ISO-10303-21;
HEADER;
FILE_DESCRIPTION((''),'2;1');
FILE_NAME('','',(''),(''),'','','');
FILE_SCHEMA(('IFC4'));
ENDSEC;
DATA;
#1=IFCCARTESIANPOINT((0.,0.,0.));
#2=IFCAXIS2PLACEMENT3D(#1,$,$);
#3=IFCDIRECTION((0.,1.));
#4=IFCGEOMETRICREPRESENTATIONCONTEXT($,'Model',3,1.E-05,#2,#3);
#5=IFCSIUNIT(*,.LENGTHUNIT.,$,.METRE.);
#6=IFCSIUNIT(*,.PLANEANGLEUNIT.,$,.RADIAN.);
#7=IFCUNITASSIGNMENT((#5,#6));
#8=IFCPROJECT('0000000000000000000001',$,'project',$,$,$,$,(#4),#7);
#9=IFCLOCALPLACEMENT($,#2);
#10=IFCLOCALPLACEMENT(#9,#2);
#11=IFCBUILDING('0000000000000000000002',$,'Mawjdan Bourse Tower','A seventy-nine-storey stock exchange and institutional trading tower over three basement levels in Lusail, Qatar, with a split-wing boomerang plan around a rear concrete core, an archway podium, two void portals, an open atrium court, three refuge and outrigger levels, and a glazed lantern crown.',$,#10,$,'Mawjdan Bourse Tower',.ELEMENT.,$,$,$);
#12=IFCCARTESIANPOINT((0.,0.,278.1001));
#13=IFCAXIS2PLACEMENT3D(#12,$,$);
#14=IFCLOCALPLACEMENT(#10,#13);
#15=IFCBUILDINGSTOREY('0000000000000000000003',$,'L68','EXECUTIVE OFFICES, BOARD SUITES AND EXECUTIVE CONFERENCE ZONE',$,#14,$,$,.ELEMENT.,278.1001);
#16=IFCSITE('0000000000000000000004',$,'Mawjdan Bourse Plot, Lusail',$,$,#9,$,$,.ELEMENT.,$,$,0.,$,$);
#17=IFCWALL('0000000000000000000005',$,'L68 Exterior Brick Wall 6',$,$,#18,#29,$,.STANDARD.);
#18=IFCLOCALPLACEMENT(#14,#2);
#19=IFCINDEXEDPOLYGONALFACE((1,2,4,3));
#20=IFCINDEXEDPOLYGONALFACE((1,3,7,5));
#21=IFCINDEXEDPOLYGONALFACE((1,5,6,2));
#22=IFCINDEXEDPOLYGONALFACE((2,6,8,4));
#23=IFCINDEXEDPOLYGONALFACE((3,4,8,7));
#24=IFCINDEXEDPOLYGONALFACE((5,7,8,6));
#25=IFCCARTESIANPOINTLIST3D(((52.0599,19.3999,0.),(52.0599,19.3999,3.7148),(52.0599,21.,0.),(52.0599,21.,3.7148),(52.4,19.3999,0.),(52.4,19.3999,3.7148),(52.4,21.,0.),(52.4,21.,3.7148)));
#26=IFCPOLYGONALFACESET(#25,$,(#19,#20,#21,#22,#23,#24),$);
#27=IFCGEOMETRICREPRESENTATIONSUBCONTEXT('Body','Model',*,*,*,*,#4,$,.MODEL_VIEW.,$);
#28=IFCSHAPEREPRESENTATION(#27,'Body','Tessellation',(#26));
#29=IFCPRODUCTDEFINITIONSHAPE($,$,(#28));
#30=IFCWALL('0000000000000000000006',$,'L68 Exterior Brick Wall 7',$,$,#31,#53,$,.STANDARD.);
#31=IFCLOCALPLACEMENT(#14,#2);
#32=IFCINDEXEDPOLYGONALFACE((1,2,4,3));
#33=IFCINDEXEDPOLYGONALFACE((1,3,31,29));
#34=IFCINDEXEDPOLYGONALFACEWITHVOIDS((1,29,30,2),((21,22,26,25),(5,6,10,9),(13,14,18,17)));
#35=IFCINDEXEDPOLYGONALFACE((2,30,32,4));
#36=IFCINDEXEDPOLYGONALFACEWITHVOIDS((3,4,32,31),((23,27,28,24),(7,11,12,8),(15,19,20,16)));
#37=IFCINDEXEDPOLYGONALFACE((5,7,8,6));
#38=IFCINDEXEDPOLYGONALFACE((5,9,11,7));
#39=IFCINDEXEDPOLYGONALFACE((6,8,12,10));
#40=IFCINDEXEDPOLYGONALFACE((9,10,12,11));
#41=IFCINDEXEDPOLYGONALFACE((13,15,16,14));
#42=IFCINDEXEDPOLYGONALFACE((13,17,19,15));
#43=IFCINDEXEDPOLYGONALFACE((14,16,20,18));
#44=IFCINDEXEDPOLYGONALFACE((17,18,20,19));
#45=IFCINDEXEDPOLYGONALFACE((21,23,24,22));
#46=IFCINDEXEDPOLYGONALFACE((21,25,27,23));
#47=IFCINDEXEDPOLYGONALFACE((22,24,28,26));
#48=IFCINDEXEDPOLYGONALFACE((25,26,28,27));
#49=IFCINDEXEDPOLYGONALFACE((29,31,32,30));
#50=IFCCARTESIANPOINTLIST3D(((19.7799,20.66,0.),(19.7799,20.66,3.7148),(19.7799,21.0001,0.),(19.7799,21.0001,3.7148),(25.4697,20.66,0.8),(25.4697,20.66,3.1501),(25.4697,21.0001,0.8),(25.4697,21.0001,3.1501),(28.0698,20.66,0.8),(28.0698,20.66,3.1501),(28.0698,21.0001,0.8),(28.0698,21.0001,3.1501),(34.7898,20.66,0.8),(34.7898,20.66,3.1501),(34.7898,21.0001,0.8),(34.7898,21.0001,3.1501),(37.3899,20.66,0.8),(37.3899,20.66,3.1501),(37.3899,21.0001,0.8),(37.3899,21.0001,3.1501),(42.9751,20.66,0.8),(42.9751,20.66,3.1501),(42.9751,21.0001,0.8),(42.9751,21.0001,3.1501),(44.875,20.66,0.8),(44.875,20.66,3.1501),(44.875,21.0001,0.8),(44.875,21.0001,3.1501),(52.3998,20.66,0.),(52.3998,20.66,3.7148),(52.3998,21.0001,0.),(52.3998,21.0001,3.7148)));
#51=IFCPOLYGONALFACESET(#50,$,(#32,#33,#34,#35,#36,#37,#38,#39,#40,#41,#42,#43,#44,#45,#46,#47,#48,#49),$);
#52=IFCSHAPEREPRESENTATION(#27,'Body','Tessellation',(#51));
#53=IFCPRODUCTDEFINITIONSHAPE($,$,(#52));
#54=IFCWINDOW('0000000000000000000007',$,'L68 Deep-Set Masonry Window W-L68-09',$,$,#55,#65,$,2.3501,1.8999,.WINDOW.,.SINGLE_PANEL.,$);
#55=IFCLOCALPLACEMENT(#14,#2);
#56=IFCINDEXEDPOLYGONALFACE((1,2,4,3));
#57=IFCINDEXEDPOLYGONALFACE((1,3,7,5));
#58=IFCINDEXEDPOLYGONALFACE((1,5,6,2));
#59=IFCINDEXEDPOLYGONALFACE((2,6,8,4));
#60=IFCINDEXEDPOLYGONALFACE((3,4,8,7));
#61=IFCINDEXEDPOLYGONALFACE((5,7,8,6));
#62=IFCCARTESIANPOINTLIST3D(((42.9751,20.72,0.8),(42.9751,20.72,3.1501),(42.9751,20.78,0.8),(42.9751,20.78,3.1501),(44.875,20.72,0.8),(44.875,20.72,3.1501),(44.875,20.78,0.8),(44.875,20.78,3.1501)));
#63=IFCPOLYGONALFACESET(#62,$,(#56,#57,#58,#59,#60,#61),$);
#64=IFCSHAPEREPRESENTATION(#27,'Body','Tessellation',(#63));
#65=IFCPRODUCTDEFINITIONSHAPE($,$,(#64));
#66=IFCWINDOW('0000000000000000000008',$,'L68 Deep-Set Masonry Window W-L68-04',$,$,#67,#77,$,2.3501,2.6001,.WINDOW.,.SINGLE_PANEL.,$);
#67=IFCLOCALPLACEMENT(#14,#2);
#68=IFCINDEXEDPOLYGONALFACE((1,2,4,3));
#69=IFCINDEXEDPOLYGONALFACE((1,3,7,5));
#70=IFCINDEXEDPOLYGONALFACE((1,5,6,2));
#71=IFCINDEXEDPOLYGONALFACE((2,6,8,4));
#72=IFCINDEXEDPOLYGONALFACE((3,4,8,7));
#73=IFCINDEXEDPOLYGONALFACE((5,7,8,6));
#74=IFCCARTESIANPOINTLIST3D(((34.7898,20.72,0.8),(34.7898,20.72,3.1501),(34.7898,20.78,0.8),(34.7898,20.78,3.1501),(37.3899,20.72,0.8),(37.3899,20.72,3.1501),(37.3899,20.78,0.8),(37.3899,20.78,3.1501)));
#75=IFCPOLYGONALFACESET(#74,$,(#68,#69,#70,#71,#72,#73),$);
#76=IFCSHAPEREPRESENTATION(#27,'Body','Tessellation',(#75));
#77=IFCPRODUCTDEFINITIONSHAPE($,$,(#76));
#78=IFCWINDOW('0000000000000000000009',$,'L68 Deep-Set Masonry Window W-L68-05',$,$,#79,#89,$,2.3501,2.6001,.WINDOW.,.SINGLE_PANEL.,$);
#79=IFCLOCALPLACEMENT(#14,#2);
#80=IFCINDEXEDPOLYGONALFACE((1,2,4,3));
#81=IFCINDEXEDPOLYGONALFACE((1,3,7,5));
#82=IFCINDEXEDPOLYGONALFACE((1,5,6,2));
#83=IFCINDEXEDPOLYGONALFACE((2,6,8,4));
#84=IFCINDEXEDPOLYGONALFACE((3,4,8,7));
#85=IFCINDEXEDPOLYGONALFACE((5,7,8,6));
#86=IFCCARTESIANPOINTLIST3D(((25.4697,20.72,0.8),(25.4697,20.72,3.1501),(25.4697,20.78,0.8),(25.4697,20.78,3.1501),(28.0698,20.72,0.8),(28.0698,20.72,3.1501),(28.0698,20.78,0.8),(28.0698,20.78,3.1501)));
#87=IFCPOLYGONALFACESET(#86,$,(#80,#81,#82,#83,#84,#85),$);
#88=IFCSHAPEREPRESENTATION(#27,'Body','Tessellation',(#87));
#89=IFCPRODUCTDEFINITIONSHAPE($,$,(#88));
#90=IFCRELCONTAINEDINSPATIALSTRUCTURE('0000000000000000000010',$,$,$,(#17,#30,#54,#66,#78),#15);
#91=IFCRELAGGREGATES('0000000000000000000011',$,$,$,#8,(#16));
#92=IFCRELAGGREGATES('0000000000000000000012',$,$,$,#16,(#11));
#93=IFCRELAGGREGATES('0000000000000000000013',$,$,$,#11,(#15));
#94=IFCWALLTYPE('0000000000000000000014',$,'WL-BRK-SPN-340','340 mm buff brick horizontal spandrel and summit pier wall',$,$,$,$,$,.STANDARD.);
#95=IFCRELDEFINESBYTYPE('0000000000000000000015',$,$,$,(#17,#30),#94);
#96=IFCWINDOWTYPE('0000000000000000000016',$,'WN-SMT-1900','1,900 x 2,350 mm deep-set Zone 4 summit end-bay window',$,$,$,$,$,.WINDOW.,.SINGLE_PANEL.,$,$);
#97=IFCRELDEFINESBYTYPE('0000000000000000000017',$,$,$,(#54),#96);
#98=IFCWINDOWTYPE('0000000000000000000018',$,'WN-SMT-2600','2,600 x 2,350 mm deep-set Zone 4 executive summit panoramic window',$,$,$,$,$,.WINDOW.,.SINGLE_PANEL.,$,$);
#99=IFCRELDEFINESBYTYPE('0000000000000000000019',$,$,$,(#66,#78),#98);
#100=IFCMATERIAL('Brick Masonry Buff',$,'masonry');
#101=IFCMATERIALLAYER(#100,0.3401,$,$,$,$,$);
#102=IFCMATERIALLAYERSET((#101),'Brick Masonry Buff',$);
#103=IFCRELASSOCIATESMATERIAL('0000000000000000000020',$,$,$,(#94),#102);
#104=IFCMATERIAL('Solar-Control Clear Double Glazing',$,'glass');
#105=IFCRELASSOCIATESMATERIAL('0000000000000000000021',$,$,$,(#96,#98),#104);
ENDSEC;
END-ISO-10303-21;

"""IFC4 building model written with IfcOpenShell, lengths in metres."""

from ifc_helpers import new_model, si_unit, direction, frame, frame_2d, origin, place, context, subcontext, project, spatial, rectangle, extrude, material, layer, layer_set, type_object, element, fill, save


model = new_model("IFC4")

# Units and contexts
model_context = context("Model", 3, precision=1e-05, world=origin(), true_north=direction((0.0, 1.0)))
body_context = subcontext(model_context, "Body", "Model", "MODEL_VIEW")
ifc_project = project(units=[si_unit("LENGTHUNIT", "METRE"), si_unit("PLANEANGLEUNIT", "RADIAN")], contexts=[model_context])

# Site, building, storey
site_placement = place(None, origin())
site = spatial("IfcSite", under=ifc_project, at=site_placement, Name="Mawjdan Bourse Plot, Lusail", CompositionType="ELEMENT", RefElevation=0.0)
building_placement = place(site_placement, origin())
building = spatial("IfcBuilding", under=site, at=building_placement, Name="Mawjdan Bourse Tower", Description="A seventy-nine-storey stock exchange and institutional trading tower over three basement levels in Lusail, Qatar, with a split-wing boomerang plan around a rear concrete core, an archway podium, two void portals, an open atrium court, three refuge and outrigger levels, and a glazed lantern crown.", LongName="Mawjdan Bourse Tower", CompositionType="ELEMENT")
storey_placement = place(building_placement, frame((0.0, 0.0, 278.1001)))
storey = spatial("IfcBuildingStorey", under=building, at=storey_placement, Name="L68", Description="EXECUTIVE OFFICES, BOARD SUITES AND EXECUTIVE CONFERENCE ZONE", CompositionType="ELEMENT", Elevation=278.1001)

# Shared definitions
ifc_material_1 = material(Name="Brick Masonry Buff", Category="masonry")
ifc_layer = layer(ifc_material_1, 0.3401)
ifc_layer_set = layer_set([ifc_layer], Name="Brick Masonry Buff")
wall_type = type_object("IfcWallType", Name="WL-BRK-SPN-340", Description="340 mm buff brick horizontal spandrel and summit pier wall", PredefinedType="STANDARD", material=ifc_layer_set)

# Shared definitions
ifc_material_2 = material(Name="Solar-Control Clear Double Glazing", Category="glass")
window_type_1 = type_object("IfcWindowType", Name="WN-SMT-1900", Description="1,900 x 2,350 mm deep-set Zone 4 summit end-bay window", PartitioningType="SINGLE_PANEL", PredefinedType="WINDOW", material=ifc_material_2)

# Wall
for number, where, z_axis, x_axis, name in (
    (1, (52.23, 19.3999, 0.0), (0.0, 0.0, 1.0), (0.0, 1.0, 0.0), "L68 Exterior Brick Wall 6"),
):
    element("IfcWall", number, at=place(storey_placement, frame(where, z_axis=z_axis, x_axis=x_axis)), inside=storey, type_object=wall_type, Name=name, PredefinedType="STANDARD", context=body_context, shape_type="SweptSolid", body=[
        extrude(rectangle(XDim=1.6001, YDim=0.3401, at=frame_2d((0.8, 0.0))), origin(), (0.0, 0.0, 1.0), 3.7148),
    ])

# Wall, openings, windows
wall_1_placement = place(storey_placement, frame((52.3999, 20.8301, 0.0), z_axis=(0.0, 0.0, 1.0), x_axis=(-1.0, 0.0, 0.0)))
wall_1 = element("IfcWall", 2, at=wall_1_placement, inside=storey, type_object=wall_type, Name="L68 Exterior Brick Wall 7", PredefinedType="STANDARD", context=body_context, shape_type="SweptSolid", body=[
    extrude(rectangle(XDim=32.6199, YDim=0.3401, at=frame_2d((16.3101, 0.0))), origin(), (0.0, 0.0, 1.0), 3.7148),
])
opening_1_placement = place(wall_1_placement, frame((15.01, 0.0, 0.8)))
opening_1 = element("IfcOpeningElement", 3, at=opening_1_placement, cuts=wall_1, PredefinedType="OPENING", context=body_context, shape_type="SweptSolid", body=[
    extrude(rectangle(XDim=2.6001, YDim=2.3501, at=frame_2d((1.3, 1.175))), frame((0.0, 0.1802, 0.0), z_axis=(0.0, -1.0, 0.0), x_axis=(1.0, 0.0, 0.0)), (0.0, 0.0, 1.0), 0.3601),
])
opening_2_placement = place(wall_1_placement, frame((24.3301, 0.0, 0.8)))
opening_2 = element("IfcOpeningElement", 4, at=opening_2_placement, cuts=wall_1, PredefinedType="OPENING", context=body_context, shape_type="SweptSolid", body=[
    extrude(rectangle(XDim=2.6001, YDim=2.3501, at=frame_2d((1.3, 1.175))), frame((0.0, 0.1802, 0.0), z_axis=(0.0, -1.0, 0.0), x_axis=(1.0, 0.0, 0.0)), (0.0, 0.0, 1.0), 0.3601),
])
opening_3_placement = place(wall_1_placement, frame((7.5249, 0.0, 0.8)))
opening_3 = element("IfcOpeningElement", 5, at=opening_3_placement, cuts=wall_1, PredefinedType="OPENING", context=body_context, shape_type="SweptSolid", body=[
    extrude(rectangle(XDim=1.8999, YDim=2.3501, at=frame_2d((0.95, 1.175))), frame((0.0, 0.1802, 0.0), z_axis=(0.0, -1.0, 0.0), x_axis=(1.0, 0.0, 0.0)), (0.0, 0.0, 1.0), 0.3601),
])
window_1_placement = place(opening_3_placement, origin())
window_1 = element("IfcWindow", 6, at=window_1_placement, inside=storey, type_object=window_type_1, Name="L68 Deep-Set Masonry Window W-L68-09", OverallHeight=2.3501, OverallWidth=1.8999, PartitioningType="SINGLE_PANEL", PredefinedType="WINDOW", context=body_context, shape_type="SweptSolid", body=[
    extrude(rectangle(XDim=1.8999, YDim=2.3501, at=frame_2d((0.95, 1.175))), frame((0.0, 0.1101, 0.0), z_axis=(0.0, -1.0, 0.0), x_axis=(1.0, 0.0, 0.0)), (0.0, 0.0, 1.0), 0.0601),
])
fill(opening_3, window_1)
window_type_2 = type_object("IfcWindowType", Name="WN-SMT-2600", Description="2,600 x 2,350 mm deep-set Zone 4 executive summit panoramic window", PartitioningType="SINGLE_PANEL", PredefinedType="WINDOW", material=ifc_material_2)
window_2_placement = place(opening_1_placement, origin())
window_2 = element("IfcWindow", 7, at=window_2_placement, inside=storey, type_object=window_type_2, Name="L68 Deep-Set Masonry Window W-L68-04", OverallHeight=2.3501, OverallWidth=2.6001, PartitioningType="SINGLE_PANEL", PredefinedType="WINDOW", context=body_context, shape_type="SweptSolid", body=[
    extrude(rectangle(XDim=2.6001, YDim=2.3501, at=frame_2d((1.3, 1.175))), frame((0.0, 0.1101, 0.0), z_axis=(0.0, -1.0, 0.0), x_axis=(1.0, 0.0, 0.0)), (0.0, 0.0, 1.0), 0.0601),
])
fill(opening_1, window_2)
window_3_placement = place(opening_2_placement, origin())
window_3 = element("IfcWindow", 8, at=window_3_placement, inside=storey, type_object=window_type_2, Name="L68 Deep-Set Masonry Window W-L68-05", OverallHeight=2.3501, OverallWidth=2.6001, PartitioningType="SINGLE_PANEL", PredefinedType="WINDOW", context=body_context, shape_type="SweptSolid", body=[
    extrude(rectangle(XDim=2.6001, YDim=2.3501, at=frame_2d((1.3, 1.175))), frame((0.0, 0.1101, 0.0), z_axis=(0.0, -1.0, 0.0), x_axis=(1.0, 0.0, 0.0)), (0.0, 0.0, 1.0), 0.0601),
])
fill(opening_2, window_3)

save(model, "model.ifc")
